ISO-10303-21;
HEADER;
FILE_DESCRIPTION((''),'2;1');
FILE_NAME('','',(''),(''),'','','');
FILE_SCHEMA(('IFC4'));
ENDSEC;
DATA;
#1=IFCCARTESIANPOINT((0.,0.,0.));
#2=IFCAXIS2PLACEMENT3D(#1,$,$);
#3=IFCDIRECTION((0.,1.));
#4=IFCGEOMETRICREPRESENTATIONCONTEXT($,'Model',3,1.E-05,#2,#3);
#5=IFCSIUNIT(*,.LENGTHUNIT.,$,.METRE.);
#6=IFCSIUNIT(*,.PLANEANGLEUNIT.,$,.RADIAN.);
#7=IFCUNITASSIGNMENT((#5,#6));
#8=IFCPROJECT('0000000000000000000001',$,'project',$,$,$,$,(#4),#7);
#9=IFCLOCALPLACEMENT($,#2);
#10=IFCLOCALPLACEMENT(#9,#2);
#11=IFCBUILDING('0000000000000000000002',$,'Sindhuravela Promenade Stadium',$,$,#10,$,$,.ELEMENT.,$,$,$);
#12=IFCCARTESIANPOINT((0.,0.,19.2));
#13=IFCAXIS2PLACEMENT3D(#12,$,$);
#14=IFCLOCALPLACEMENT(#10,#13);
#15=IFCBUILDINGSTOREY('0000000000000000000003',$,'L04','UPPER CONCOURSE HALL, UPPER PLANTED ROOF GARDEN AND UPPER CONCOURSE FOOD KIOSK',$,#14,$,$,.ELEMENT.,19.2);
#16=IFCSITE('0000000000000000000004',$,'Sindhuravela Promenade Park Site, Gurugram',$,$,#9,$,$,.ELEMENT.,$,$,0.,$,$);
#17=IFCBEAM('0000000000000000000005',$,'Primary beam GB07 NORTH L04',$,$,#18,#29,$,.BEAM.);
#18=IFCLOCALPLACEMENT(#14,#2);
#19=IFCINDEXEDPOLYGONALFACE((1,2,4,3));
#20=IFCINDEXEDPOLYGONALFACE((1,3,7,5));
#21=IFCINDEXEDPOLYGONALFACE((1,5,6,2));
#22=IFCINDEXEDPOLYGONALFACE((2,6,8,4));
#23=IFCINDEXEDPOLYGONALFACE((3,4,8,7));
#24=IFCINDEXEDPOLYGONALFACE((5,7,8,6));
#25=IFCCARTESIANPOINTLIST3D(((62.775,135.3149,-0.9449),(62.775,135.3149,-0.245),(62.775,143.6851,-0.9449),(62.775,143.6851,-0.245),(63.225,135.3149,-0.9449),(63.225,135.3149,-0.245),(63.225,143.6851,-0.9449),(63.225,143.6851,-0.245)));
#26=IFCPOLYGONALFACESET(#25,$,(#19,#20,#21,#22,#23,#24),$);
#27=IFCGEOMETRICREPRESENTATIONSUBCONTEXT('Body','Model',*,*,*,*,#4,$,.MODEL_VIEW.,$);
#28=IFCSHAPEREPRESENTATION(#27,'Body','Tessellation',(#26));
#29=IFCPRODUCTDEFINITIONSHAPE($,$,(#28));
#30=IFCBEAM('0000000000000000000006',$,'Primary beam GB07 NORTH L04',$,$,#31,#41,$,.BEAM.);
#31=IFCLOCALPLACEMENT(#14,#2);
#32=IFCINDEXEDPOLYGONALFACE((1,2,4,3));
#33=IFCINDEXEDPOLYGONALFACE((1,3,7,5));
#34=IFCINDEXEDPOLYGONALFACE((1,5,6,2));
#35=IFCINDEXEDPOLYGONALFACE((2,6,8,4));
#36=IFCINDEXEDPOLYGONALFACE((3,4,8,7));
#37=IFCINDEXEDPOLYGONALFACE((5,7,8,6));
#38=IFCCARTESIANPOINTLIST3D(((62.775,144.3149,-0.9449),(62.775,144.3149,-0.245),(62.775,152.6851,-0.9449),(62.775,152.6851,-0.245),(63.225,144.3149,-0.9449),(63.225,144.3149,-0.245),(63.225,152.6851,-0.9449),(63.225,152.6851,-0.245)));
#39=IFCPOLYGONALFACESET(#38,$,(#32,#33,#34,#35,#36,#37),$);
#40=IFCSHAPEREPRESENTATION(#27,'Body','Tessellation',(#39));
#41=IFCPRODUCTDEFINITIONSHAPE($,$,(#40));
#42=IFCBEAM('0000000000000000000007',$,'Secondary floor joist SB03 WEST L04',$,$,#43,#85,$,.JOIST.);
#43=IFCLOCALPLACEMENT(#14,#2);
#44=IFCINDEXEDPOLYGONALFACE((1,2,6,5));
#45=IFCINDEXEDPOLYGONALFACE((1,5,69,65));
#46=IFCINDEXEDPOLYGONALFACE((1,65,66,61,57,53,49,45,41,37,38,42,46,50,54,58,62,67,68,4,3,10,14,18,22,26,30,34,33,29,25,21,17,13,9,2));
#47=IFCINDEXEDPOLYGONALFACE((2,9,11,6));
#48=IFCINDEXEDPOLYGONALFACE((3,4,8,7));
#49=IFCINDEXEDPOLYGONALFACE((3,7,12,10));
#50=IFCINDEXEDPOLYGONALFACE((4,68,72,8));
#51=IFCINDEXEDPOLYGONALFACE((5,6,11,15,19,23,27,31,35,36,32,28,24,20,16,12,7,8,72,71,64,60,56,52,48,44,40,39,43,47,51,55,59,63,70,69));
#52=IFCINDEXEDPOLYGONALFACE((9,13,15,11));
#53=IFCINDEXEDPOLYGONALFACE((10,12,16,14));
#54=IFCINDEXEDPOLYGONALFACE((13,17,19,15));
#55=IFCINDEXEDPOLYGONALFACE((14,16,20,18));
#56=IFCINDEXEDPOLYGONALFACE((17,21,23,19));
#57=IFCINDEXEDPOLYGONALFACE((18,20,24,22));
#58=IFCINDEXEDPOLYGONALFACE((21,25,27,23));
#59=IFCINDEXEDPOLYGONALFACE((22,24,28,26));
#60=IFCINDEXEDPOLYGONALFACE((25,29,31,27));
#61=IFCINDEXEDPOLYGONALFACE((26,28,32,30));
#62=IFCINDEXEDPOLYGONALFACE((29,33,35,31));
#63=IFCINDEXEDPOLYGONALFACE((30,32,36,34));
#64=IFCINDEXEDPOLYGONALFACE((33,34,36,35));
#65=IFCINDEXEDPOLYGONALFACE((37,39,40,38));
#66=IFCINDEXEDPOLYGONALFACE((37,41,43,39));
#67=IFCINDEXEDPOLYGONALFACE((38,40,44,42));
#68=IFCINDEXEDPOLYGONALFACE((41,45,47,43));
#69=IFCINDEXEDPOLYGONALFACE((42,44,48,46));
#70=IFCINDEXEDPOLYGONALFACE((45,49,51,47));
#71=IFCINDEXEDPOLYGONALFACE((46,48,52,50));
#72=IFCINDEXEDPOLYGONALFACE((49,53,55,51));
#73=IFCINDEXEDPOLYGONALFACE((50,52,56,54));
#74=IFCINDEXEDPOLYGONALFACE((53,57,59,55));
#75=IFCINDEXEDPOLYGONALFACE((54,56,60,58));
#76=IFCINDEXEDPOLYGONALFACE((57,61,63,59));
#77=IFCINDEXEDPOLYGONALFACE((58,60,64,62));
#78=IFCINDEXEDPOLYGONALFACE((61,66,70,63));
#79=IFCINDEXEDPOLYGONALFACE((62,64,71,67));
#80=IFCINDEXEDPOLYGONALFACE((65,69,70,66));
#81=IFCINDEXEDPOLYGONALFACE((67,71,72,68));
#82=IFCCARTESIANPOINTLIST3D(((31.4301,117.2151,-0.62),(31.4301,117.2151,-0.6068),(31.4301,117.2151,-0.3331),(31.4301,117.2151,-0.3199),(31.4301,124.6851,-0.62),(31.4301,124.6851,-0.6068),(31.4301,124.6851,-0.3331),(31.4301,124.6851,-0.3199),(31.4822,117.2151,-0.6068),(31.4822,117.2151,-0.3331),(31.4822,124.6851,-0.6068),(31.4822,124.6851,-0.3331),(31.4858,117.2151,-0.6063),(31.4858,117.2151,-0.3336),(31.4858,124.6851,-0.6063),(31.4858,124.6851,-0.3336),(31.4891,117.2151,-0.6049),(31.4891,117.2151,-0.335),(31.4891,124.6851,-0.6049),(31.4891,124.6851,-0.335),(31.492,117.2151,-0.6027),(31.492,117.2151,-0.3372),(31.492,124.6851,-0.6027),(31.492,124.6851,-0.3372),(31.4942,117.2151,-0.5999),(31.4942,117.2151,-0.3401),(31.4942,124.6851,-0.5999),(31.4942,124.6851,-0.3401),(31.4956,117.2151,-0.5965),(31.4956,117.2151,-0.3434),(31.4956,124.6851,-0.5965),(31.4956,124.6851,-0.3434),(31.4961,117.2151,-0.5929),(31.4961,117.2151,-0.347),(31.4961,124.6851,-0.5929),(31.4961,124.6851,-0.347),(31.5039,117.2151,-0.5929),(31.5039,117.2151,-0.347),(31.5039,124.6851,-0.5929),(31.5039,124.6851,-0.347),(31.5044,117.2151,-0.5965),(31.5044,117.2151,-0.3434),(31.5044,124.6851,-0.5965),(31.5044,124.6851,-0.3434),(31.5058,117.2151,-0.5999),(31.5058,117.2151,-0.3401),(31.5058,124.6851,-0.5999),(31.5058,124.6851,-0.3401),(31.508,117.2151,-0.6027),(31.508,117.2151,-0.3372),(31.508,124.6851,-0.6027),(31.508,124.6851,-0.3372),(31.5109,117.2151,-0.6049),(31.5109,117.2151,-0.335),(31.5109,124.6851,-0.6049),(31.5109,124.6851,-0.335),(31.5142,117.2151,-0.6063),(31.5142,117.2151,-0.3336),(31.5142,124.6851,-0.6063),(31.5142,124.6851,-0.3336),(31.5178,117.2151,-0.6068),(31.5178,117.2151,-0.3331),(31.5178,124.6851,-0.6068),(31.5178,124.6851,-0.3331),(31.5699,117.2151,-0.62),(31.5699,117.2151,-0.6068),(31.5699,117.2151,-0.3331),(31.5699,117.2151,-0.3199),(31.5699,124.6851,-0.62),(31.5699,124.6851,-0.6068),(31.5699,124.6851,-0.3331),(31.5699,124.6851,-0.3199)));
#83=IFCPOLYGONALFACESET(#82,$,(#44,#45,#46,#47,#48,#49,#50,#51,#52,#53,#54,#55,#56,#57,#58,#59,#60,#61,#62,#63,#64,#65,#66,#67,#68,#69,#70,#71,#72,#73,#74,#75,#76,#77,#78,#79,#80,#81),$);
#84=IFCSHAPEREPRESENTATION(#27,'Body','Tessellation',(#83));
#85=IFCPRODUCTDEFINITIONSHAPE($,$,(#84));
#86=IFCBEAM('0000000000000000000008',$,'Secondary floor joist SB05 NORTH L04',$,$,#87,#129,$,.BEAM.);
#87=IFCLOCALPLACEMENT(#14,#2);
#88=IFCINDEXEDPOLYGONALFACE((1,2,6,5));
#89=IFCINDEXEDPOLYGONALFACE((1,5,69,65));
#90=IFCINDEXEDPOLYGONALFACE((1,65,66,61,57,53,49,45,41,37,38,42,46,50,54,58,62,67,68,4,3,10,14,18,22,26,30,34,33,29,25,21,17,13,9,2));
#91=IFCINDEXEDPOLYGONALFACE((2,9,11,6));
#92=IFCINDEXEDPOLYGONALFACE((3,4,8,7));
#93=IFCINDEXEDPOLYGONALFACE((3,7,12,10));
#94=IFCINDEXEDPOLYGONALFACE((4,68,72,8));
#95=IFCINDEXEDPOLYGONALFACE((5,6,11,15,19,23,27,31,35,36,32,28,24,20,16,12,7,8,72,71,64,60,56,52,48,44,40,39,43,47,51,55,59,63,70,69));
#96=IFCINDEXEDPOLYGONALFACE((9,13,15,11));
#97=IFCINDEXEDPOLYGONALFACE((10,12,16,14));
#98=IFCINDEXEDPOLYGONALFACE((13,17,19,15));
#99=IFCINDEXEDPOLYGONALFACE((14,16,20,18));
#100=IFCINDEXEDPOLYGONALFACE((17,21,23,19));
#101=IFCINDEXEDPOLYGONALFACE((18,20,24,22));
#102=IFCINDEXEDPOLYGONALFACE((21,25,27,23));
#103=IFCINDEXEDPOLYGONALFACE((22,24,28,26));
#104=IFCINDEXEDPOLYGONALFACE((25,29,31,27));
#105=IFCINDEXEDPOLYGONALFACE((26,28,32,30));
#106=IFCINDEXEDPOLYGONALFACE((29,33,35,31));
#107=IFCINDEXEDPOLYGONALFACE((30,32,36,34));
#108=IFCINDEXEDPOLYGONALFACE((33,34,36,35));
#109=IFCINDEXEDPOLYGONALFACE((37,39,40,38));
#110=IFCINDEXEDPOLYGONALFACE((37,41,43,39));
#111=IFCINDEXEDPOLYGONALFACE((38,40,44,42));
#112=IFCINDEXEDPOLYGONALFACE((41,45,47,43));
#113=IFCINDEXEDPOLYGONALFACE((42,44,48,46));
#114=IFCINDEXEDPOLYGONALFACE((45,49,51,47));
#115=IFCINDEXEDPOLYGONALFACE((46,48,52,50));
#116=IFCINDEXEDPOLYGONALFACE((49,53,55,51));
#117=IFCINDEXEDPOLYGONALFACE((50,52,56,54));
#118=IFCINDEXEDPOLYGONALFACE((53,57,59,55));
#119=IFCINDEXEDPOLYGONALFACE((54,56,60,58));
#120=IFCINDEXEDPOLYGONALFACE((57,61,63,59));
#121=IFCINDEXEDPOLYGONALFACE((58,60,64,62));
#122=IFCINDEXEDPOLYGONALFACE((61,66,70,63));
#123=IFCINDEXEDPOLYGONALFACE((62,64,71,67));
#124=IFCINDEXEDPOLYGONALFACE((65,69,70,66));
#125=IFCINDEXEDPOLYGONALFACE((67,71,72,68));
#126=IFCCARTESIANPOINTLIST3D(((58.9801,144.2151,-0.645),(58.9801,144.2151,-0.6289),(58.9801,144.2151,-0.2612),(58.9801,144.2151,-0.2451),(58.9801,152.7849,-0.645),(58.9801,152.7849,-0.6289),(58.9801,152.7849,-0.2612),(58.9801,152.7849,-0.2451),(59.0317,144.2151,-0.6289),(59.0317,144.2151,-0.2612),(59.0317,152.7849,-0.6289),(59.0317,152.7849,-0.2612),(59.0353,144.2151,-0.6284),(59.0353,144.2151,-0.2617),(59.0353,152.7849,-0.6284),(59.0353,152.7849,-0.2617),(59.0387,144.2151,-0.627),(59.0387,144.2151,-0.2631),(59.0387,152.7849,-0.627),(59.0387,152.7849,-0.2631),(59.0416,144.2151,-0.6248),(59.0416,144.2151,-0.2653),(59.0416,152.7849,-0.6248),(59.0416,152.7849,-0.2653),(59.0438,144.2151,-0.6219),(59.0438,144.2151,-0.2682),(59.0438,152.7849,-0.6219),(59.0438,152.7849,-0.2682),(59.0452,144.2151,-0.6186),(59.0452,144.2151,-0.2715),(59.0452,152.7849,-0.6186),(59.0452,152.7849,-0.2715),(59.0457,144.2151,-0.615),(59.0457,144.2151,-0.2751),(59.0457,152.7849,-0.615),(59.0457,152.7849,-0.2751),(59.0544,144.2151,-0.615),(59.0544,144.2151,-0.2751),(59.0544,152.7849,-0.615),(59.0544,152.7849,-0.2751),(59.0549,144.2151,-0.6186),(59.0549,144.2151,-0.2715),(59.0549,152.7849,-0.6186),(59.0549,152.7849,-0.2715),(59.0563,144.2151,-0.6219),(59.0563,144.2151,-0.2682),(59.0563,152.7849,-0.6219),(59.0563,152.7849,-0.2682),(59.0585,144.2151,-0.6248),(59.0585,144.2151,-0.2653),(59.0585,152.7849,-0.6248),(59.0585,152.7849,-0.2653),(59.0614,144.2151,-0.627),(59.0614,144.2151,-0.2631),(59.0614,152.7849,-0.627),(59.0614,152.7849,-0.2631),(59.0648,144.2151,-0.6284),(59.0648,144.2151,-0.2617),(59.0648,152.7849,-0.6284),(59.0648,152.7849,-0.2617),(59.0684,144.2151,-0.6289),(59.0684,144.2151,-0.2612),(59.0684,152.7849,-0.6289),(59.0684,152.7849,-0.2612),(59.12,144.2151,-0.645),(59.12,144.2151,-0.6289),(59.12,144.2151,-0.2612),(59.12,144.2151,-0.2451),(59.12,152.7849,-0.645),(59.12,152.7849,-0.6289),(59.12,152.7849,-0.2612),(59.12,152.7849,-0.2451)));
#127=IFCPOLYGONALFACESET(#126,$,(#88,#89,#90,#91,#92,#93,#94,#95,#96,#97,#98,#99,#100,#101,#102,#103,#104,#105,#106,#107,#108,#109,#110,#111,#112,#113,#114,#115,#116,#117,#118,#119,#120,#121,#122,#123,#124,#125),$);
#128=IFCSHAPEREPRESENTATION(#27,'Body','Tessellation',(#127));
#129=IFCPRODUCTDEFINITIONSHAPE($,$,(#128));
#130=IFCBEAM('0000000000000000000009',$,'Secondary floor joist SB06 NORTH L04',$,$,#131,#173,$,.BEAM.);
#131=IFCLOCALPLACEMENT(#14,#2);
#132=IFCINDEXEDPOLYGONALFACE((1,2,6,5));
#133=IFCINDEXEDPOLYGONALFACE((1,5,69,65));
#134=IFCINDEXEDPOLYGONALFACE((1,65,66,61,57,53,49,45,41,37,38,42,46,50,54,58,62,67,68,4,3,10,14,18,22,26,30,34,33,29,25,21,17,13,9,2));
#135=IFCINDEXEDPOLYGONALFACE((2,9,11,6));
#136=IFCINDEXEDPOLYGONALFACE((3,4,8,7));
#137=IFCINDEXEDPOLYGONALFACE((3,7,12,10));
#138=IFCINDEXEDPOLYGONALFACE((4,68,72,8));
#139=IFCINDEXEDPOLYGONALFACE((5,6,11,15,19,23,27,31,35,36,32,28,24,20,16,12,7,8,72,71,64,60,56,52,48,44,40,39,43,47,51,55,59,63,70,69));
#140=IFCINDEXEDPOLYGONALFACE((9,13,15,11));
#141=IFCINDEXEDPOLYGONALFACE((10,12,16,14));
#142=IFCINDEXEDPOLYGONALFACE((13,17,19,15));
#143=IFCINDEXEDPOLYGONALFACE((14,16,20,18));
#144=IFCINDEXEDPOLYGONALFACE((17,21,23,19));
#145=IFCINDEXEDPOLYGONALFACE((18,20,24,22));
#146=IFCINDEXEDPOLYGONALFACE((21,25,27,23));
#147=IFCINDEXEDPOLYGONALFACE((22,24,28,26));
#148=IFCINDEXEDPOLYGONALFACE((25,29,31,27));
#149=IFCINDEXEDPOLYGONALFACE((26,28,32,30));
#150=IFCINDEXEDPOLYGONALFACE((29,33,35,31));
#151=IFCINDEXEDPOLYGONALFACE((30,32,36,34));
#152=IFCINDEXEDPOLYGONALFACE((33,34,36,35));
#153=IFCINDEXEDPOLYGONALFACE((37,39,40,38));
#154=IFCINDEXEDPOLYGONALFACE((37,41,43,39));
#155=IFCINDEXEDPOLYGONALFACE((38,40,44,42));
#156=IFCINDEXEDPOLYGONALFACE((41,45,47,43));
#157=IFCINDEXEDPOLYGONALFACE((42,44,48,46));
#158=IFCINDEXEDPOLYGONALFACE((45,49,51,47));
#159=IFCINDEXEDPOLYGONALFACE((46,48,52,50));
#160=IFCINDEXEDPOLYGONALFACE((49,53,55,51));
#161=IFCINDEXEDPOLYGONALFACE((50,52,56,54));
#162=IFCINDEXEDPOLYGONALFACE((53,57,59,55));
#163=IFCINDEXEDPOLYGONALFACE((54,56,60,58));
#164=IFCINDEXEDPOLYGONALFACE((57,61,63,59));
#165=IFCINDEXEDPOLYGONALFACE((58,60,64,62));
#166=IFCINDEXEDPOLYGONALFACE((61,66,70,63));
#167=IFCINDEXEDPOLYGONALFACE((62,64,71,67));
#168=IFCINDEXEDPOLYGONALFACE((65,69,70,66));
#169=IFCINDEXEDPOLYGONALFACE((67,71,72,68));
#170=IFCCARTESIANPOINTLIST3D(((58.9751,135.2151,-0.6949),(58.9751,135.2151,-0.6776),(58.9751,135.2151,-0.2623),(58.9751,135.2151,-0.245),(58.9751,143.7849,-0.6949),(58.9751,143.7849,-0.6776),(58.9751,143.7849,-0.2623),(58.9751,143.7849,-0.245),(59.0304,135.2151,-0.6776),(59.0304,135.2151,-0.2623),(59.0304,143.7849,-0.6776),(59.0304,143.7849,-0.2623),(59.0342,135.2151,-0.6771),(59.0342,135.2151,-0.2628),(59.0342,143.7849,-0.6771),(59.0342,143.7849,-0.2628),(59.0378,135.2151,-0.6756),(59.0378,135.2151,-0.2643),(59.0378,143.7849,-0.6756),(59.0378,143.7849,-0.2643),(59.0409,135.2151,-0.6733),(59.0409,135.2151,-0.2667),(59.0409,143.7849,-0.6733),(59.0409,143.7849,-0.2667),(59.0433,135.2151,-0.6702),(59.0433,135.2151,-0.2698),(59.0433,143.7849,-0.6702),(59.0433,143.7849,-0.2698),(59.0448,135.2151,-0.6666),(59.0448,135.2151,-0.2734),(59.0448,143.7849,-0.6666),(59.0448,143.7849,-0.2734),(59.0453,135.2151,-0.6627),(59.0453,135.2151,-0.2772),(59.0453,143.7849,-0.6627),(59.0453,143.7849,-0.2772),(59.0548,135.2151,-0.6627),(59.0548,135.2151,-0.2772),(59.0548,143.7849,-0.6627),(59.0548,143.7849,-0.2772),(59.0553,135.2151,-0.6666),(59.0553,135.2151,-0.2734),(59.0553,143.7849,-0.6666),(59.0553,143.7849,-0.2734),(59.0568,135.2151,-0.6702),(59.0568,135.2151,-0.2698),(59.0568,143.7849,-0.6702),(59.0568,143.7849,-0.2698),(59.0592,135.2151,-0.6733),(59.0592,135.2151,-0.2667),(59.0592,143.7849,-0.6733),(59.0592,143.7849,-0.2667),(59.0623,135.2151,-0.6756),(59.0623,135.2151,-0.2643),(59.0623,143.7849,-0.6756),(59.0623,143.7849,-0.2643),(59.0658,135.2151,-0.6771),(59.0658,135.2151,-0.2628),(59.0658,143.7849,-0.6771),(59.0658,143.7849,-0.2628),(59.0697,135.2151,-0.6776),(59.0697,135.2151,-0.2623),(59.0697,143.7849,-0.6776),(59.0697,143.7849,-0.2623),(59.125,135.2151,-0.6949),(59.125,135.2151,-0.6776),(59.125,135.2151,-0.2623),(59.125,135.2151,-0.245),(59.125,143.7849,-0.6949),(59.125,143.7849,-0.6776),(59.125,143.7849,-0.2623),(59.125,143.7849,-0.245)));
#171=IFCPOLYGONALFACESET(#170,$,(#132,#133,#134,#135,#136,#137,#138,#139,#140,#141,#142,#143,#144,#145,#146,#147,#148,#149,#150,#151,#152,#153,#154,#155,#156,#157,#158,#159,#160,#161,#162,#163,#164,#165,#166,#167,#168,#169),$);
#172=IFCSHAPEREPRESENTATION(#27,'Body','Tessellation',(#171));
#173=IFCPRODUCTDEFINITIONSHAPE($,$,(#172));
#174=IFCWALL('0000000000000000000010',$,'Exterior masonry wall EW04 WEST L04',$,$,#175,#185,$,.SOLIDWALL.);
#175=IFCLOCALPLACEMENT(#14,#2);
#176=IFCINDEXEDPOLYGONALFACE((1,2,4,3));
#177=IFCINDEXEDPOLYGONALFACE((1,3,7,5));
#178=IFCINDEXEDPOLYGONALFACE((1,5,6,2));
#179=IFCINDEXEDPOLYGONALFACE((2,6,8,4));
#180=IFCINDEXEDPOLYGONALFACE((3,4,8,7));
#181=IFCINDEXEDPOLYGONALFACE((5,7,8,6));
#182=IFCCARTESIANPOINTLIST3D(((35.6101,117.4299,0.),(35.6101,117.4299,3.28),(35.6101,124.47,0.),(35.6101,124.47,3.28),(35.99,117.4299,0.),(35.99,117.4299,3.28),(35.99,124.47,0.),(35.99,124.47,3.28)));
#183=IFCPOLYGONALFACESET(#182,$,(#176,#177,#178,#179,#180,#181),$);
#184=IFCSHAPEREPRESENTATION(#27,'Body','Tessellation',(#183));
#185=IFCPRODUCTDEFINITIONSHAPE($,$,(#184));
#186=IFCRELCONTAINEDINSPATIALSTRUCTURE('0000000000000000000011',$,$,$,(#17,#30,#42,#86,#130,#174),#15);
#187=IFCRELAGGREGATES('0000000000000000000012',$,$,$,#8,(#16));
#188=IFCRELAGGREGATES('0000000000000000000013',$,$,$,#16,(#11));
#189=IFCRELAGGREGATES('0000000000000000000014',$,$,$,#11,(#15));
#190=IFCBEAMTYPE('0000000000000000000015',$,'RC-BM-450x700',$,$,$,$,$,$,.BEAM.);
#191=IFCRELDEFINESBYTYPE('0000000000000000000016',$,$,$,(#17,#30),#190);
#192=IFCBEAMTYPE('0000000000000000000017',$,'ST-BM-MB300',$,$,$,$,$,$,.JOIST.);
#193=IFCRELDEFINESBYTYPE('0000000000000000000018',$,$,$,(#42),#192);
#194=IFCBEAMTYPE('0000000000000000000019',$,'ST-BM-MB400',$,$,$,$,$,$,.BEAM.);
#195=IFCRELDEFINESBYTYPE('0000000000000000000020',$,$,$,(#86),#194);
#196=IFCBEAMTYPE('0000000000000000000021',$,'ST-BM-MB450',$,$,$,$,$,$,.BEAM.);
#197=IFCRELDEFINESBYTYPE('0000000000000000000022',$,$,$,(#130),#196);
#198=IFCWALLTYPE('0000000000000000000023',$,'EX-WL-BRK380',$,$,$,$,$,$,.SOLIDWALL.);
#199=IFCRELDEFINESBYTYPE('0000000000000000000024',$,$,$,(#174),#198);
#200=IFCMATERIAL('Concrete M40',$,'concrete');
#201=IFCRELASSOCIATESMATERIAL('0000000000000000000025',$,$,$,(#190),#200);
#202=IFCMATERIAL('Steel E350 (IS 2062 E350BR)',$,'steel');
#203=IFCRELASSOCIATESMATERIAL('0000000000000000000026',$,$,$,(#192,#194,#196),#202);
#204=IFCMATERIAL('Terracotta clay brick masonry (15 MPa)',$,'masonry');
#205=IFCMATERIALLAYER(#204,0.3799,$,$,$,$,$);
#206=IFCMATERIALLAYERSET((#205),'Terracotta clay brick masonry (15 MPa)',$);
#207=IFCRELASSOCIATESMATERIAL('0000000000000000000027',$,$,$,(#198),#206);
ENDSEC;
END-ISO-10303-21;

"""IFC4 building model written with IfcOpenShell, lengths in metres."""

from ifc_helpers import new_model, si_unit, direction, frame, frame_2d, origin, origin_2d, place, context, subcontext, project, spatial, rectangle, i_section, extrude, material, layer, layer_set, material_profile, profile_set, type_object, element, save


model = new_model("IFC4")

# Units and contexts
model_context = context("Model", 3, precision=1e-05, world=origin(), true_north=direction((0.0, 1.0)))
body_context = subcontext(model_context, "Body", "Model", "MODEL_VIEW")
ifc_project = project(units=[si_unit("LENGTHUNIT", "METRE"), si_unit("PLANEANGLEUNIT", "RADIAN")], contexts=[model_context])

# Site, building, storey
site_placement = place(None, origin())
site = spatial("IfcSite", under=ifc_project, at=site_placement, Name="Sindhuravela Promenade Park Site, Gurugram", CompositionType="ELEMENT", RefElevation=0.0)
building_placement = place(site_placement, origin())
building = spatial("IfcBuilding", under=site, at=building_placement, Name="Sindhuravela Promenade Stadium", CompositionType="ELEMENT")
storey_placement = place(building_placement, frame((0.0, 0.0, 19.2)))
storey = spatial("IfcBuildingStorey", under=building, at=storey_placement, Name="L04", Description="UPPER CONCOURSE HALL, UPPER PLANTED ROOF GARDEN AND UPPER CONCOURSE FOOD KIOSK", CompositionType="ELEMENT", Elevation=19.2)

# Shared definitions
ifc_material_1 = material(Name="Concrete M40", Category="concrete")
ifc_material_2 = material(Name="Steel E350 (IS 2062 E350BR)", Category="steel")

# Beams
ifc_material_profile_1 = material_profile(ifc_material_1, rectangle(XDim=0.45, YDim=0.7, at=origin_2d()), Name="RC 450x700")
ifc_profile_set_1 = profile_set([ifc_material_profile_1], Name="Concrete M40")
beam_type_1 = type_object("IfcBeamType", Name="RC-BM-450x700", PredefinedType="BEAM", material=ifc_profile_set_1)
for number, where, z_axis, x_axis, name in (
    (1, (63.0, 135.3149, -0.595), (0.0, 1.0, 0.0), (-1.0, 0.0, 0.0), "Primary beam GB07 NORTH L04"),
    (2, (63.0, 144.3149, -0.595), (0.0, 1.0, 0.0), (-1.0, 0.0, 0.0), "Primary beam GB07 NORTH L04"),
):
    element("IfcBeam", number, at=place(storey_placement, frame(where, z_axis=z_axis, x_axis=x_axis)), inside=storey, type_object=beam_type_1, Name=name, PredefinedType="BEAM", context=body_context, shape_type="SweptSolid", body=[
        extrude(rectangle(XDim=0.45, YDim=0.7, at=origin_2d()), origin(), (0.0, 0.0, 1.0), 8.3701),
    ])
ifc_material_profile_2 = material_profile(ifc_material_2, i_section(OverallWidth=0.1399, OverallDepth=0.3, WebThickness=0.0078, FlangeThickness=0.0132, FilletRadius=0.0139, at=origin_2d()), Name="ISMB 300")
ifc_profile_set_2 = profile_set([ifc_material_profile_2], Name="Steel E350 (IS 2062 E350BR)")
beam_type_2 = type_object("IfcBeamType", Name="ST-BM-MB300", PredefinedType="JOIST", material=ifc_profile_set_2)
beam_1_placement = place(storey_placement, frame((31.5, 117.2151, -0.47), z_axis=(0.0, 1.0, 0.0), x_axis=(-1.0, 0.0, 0.0)))
element("IfcBeam", 3, at=beam_1_placement, inside=storey, type_object=beam_type_2, Name="Secondary floor joist SB03 WEST L04", PredefinedType="JOIST", context=body_context, shape_type="SweptSolid", body=[
    extrude(i_section(OverallWidth=0.1399, OverallDepth=0.3, WebThickness=0.0078, FlangeThickness=0.0132, FilletRadius=0.0139, at=origin_2d()), origin(), (0.0, 0.0, 1.0), 7.47),
])
ifc_material_profile_3 = material_profile(ifc_material_2, i_section(OverallWidth=0.1399, OverallDepth=0.3999, WebThickness=0.0088, FlangeThickness=0.0161, FilletRadius=0.0139, at=origin_2d()), Name="ISMB 400")
ifc_profile_set_3 = profile_set([ifc_material_profile_3], Name="Steel E350 (IS 2062 E350BR)")
beam_type_3 = type_object("IfcBeamType", Name="ST-BM-MB400", PredefinedType="BEAM", material=ifc_profile_set_3)
beam_2_placement = place(storey_placement, frame((59.05, 144.2151, -0.4451), z_axis=(0.0, 1.0, 0.0), x_axis=(-1.0, 0.0, 0.0)))
element("IfcBeam", 4, at=beam_2_placement, inside=storey, type_object=beam_type_3, Name="Secondary floor joist SB05 NORTH L04", PredefinedType="BEAM", context=body_context, shape_type="SweptSolid", body=[
    extrude(i_section(OverallWidth=0.1399, OverallDepth=0.3999, WebThickness=0.0088, FlangeThickness=0.0161, FilletRadius=0.0139, at=origin_2d()), origin(), (0.0, 0.0, 1.0), 8.5698),
])
ifc_material_profile_4 = material_profile(ifc_material_2, i_section(OverallWidth=0.1499, OverallDepth=0.45, WebThickness=0.0095, FlangeThickness=0.0173, FilletRadius=0.0149, at=origin_2d()), Name="ISMB 450")
ifc_profile_set_4 = profile_set([ifc_material_profile_4], Name="Steel E350 (IS 2062 E350BR)")
beam_type_4 = type_object("IfcBeamType", Name="ST-BM-MB450", PredefinedType="BEAM", material=ifc_profile_set_4)
beam_3_placement = place(storey_placement, frame((59.05, 135.2151, -0.47), z_axis=(0.0, 1.0, 0.0), x_axis=(-1.0, 0.0, 0.0)))
element("IfcBeam", 5, at=beam_3_placement, inside=storey, type_object=beam_type_4, Name="Secondary floor joist SB06 NORTH L04", PredefinedType="BEAM", context=body_context, shape_type="SweptSolid", body=[
    extrude(i_section(OverallWidth=0.1499, OverallDepth=0.45, WebThickness=0.0095, FlangeThickness=0.0173, FilletRadius=0.0149, at=origin_2d()), origin(), (0.0, 0.0, 1.0), 8.5698),
])

# Wall
ifc_material_3 = material(Name="Terracotta clay brick masonry (15 MPa)", Category="masonry")
ifc_layer_1 = layer(ifc_material_3, 0.3799)
ifc_layer_set_1 = layer_set([ifc_layer_1], Name="Terracotta clay brick masonry (15 MPa)")
wall_type_1 = type_object("IfcWallType", Name="EX-WL-BRK380", PredefinedType="SOLIDWALL", material=ifc_layer_set_1)
wall_1_placement = place(storey_placement, frame((35.8, 124.47, 0.0), z_axis=(0.0, 0.0, 1.0), x_axis=(0.0, -1.0, 0.0)))
element("IfcWall", 6, at=wall_1_placement, inside=storey, type_object=wall_type_1, Name="Exterior masonry wall EW04 WEST L04", PredefinedType="SOLIDWALL", context=body_context, shape_type="SweptSolid", body=[
    extrude(rectangle(XDim=7.04, YDim=0.3799, at=frame_2d((3.52, 0.0))), origin(), (0.0, 0.0, 1.0), 3.28),
])

save(model, "model.ifc")
